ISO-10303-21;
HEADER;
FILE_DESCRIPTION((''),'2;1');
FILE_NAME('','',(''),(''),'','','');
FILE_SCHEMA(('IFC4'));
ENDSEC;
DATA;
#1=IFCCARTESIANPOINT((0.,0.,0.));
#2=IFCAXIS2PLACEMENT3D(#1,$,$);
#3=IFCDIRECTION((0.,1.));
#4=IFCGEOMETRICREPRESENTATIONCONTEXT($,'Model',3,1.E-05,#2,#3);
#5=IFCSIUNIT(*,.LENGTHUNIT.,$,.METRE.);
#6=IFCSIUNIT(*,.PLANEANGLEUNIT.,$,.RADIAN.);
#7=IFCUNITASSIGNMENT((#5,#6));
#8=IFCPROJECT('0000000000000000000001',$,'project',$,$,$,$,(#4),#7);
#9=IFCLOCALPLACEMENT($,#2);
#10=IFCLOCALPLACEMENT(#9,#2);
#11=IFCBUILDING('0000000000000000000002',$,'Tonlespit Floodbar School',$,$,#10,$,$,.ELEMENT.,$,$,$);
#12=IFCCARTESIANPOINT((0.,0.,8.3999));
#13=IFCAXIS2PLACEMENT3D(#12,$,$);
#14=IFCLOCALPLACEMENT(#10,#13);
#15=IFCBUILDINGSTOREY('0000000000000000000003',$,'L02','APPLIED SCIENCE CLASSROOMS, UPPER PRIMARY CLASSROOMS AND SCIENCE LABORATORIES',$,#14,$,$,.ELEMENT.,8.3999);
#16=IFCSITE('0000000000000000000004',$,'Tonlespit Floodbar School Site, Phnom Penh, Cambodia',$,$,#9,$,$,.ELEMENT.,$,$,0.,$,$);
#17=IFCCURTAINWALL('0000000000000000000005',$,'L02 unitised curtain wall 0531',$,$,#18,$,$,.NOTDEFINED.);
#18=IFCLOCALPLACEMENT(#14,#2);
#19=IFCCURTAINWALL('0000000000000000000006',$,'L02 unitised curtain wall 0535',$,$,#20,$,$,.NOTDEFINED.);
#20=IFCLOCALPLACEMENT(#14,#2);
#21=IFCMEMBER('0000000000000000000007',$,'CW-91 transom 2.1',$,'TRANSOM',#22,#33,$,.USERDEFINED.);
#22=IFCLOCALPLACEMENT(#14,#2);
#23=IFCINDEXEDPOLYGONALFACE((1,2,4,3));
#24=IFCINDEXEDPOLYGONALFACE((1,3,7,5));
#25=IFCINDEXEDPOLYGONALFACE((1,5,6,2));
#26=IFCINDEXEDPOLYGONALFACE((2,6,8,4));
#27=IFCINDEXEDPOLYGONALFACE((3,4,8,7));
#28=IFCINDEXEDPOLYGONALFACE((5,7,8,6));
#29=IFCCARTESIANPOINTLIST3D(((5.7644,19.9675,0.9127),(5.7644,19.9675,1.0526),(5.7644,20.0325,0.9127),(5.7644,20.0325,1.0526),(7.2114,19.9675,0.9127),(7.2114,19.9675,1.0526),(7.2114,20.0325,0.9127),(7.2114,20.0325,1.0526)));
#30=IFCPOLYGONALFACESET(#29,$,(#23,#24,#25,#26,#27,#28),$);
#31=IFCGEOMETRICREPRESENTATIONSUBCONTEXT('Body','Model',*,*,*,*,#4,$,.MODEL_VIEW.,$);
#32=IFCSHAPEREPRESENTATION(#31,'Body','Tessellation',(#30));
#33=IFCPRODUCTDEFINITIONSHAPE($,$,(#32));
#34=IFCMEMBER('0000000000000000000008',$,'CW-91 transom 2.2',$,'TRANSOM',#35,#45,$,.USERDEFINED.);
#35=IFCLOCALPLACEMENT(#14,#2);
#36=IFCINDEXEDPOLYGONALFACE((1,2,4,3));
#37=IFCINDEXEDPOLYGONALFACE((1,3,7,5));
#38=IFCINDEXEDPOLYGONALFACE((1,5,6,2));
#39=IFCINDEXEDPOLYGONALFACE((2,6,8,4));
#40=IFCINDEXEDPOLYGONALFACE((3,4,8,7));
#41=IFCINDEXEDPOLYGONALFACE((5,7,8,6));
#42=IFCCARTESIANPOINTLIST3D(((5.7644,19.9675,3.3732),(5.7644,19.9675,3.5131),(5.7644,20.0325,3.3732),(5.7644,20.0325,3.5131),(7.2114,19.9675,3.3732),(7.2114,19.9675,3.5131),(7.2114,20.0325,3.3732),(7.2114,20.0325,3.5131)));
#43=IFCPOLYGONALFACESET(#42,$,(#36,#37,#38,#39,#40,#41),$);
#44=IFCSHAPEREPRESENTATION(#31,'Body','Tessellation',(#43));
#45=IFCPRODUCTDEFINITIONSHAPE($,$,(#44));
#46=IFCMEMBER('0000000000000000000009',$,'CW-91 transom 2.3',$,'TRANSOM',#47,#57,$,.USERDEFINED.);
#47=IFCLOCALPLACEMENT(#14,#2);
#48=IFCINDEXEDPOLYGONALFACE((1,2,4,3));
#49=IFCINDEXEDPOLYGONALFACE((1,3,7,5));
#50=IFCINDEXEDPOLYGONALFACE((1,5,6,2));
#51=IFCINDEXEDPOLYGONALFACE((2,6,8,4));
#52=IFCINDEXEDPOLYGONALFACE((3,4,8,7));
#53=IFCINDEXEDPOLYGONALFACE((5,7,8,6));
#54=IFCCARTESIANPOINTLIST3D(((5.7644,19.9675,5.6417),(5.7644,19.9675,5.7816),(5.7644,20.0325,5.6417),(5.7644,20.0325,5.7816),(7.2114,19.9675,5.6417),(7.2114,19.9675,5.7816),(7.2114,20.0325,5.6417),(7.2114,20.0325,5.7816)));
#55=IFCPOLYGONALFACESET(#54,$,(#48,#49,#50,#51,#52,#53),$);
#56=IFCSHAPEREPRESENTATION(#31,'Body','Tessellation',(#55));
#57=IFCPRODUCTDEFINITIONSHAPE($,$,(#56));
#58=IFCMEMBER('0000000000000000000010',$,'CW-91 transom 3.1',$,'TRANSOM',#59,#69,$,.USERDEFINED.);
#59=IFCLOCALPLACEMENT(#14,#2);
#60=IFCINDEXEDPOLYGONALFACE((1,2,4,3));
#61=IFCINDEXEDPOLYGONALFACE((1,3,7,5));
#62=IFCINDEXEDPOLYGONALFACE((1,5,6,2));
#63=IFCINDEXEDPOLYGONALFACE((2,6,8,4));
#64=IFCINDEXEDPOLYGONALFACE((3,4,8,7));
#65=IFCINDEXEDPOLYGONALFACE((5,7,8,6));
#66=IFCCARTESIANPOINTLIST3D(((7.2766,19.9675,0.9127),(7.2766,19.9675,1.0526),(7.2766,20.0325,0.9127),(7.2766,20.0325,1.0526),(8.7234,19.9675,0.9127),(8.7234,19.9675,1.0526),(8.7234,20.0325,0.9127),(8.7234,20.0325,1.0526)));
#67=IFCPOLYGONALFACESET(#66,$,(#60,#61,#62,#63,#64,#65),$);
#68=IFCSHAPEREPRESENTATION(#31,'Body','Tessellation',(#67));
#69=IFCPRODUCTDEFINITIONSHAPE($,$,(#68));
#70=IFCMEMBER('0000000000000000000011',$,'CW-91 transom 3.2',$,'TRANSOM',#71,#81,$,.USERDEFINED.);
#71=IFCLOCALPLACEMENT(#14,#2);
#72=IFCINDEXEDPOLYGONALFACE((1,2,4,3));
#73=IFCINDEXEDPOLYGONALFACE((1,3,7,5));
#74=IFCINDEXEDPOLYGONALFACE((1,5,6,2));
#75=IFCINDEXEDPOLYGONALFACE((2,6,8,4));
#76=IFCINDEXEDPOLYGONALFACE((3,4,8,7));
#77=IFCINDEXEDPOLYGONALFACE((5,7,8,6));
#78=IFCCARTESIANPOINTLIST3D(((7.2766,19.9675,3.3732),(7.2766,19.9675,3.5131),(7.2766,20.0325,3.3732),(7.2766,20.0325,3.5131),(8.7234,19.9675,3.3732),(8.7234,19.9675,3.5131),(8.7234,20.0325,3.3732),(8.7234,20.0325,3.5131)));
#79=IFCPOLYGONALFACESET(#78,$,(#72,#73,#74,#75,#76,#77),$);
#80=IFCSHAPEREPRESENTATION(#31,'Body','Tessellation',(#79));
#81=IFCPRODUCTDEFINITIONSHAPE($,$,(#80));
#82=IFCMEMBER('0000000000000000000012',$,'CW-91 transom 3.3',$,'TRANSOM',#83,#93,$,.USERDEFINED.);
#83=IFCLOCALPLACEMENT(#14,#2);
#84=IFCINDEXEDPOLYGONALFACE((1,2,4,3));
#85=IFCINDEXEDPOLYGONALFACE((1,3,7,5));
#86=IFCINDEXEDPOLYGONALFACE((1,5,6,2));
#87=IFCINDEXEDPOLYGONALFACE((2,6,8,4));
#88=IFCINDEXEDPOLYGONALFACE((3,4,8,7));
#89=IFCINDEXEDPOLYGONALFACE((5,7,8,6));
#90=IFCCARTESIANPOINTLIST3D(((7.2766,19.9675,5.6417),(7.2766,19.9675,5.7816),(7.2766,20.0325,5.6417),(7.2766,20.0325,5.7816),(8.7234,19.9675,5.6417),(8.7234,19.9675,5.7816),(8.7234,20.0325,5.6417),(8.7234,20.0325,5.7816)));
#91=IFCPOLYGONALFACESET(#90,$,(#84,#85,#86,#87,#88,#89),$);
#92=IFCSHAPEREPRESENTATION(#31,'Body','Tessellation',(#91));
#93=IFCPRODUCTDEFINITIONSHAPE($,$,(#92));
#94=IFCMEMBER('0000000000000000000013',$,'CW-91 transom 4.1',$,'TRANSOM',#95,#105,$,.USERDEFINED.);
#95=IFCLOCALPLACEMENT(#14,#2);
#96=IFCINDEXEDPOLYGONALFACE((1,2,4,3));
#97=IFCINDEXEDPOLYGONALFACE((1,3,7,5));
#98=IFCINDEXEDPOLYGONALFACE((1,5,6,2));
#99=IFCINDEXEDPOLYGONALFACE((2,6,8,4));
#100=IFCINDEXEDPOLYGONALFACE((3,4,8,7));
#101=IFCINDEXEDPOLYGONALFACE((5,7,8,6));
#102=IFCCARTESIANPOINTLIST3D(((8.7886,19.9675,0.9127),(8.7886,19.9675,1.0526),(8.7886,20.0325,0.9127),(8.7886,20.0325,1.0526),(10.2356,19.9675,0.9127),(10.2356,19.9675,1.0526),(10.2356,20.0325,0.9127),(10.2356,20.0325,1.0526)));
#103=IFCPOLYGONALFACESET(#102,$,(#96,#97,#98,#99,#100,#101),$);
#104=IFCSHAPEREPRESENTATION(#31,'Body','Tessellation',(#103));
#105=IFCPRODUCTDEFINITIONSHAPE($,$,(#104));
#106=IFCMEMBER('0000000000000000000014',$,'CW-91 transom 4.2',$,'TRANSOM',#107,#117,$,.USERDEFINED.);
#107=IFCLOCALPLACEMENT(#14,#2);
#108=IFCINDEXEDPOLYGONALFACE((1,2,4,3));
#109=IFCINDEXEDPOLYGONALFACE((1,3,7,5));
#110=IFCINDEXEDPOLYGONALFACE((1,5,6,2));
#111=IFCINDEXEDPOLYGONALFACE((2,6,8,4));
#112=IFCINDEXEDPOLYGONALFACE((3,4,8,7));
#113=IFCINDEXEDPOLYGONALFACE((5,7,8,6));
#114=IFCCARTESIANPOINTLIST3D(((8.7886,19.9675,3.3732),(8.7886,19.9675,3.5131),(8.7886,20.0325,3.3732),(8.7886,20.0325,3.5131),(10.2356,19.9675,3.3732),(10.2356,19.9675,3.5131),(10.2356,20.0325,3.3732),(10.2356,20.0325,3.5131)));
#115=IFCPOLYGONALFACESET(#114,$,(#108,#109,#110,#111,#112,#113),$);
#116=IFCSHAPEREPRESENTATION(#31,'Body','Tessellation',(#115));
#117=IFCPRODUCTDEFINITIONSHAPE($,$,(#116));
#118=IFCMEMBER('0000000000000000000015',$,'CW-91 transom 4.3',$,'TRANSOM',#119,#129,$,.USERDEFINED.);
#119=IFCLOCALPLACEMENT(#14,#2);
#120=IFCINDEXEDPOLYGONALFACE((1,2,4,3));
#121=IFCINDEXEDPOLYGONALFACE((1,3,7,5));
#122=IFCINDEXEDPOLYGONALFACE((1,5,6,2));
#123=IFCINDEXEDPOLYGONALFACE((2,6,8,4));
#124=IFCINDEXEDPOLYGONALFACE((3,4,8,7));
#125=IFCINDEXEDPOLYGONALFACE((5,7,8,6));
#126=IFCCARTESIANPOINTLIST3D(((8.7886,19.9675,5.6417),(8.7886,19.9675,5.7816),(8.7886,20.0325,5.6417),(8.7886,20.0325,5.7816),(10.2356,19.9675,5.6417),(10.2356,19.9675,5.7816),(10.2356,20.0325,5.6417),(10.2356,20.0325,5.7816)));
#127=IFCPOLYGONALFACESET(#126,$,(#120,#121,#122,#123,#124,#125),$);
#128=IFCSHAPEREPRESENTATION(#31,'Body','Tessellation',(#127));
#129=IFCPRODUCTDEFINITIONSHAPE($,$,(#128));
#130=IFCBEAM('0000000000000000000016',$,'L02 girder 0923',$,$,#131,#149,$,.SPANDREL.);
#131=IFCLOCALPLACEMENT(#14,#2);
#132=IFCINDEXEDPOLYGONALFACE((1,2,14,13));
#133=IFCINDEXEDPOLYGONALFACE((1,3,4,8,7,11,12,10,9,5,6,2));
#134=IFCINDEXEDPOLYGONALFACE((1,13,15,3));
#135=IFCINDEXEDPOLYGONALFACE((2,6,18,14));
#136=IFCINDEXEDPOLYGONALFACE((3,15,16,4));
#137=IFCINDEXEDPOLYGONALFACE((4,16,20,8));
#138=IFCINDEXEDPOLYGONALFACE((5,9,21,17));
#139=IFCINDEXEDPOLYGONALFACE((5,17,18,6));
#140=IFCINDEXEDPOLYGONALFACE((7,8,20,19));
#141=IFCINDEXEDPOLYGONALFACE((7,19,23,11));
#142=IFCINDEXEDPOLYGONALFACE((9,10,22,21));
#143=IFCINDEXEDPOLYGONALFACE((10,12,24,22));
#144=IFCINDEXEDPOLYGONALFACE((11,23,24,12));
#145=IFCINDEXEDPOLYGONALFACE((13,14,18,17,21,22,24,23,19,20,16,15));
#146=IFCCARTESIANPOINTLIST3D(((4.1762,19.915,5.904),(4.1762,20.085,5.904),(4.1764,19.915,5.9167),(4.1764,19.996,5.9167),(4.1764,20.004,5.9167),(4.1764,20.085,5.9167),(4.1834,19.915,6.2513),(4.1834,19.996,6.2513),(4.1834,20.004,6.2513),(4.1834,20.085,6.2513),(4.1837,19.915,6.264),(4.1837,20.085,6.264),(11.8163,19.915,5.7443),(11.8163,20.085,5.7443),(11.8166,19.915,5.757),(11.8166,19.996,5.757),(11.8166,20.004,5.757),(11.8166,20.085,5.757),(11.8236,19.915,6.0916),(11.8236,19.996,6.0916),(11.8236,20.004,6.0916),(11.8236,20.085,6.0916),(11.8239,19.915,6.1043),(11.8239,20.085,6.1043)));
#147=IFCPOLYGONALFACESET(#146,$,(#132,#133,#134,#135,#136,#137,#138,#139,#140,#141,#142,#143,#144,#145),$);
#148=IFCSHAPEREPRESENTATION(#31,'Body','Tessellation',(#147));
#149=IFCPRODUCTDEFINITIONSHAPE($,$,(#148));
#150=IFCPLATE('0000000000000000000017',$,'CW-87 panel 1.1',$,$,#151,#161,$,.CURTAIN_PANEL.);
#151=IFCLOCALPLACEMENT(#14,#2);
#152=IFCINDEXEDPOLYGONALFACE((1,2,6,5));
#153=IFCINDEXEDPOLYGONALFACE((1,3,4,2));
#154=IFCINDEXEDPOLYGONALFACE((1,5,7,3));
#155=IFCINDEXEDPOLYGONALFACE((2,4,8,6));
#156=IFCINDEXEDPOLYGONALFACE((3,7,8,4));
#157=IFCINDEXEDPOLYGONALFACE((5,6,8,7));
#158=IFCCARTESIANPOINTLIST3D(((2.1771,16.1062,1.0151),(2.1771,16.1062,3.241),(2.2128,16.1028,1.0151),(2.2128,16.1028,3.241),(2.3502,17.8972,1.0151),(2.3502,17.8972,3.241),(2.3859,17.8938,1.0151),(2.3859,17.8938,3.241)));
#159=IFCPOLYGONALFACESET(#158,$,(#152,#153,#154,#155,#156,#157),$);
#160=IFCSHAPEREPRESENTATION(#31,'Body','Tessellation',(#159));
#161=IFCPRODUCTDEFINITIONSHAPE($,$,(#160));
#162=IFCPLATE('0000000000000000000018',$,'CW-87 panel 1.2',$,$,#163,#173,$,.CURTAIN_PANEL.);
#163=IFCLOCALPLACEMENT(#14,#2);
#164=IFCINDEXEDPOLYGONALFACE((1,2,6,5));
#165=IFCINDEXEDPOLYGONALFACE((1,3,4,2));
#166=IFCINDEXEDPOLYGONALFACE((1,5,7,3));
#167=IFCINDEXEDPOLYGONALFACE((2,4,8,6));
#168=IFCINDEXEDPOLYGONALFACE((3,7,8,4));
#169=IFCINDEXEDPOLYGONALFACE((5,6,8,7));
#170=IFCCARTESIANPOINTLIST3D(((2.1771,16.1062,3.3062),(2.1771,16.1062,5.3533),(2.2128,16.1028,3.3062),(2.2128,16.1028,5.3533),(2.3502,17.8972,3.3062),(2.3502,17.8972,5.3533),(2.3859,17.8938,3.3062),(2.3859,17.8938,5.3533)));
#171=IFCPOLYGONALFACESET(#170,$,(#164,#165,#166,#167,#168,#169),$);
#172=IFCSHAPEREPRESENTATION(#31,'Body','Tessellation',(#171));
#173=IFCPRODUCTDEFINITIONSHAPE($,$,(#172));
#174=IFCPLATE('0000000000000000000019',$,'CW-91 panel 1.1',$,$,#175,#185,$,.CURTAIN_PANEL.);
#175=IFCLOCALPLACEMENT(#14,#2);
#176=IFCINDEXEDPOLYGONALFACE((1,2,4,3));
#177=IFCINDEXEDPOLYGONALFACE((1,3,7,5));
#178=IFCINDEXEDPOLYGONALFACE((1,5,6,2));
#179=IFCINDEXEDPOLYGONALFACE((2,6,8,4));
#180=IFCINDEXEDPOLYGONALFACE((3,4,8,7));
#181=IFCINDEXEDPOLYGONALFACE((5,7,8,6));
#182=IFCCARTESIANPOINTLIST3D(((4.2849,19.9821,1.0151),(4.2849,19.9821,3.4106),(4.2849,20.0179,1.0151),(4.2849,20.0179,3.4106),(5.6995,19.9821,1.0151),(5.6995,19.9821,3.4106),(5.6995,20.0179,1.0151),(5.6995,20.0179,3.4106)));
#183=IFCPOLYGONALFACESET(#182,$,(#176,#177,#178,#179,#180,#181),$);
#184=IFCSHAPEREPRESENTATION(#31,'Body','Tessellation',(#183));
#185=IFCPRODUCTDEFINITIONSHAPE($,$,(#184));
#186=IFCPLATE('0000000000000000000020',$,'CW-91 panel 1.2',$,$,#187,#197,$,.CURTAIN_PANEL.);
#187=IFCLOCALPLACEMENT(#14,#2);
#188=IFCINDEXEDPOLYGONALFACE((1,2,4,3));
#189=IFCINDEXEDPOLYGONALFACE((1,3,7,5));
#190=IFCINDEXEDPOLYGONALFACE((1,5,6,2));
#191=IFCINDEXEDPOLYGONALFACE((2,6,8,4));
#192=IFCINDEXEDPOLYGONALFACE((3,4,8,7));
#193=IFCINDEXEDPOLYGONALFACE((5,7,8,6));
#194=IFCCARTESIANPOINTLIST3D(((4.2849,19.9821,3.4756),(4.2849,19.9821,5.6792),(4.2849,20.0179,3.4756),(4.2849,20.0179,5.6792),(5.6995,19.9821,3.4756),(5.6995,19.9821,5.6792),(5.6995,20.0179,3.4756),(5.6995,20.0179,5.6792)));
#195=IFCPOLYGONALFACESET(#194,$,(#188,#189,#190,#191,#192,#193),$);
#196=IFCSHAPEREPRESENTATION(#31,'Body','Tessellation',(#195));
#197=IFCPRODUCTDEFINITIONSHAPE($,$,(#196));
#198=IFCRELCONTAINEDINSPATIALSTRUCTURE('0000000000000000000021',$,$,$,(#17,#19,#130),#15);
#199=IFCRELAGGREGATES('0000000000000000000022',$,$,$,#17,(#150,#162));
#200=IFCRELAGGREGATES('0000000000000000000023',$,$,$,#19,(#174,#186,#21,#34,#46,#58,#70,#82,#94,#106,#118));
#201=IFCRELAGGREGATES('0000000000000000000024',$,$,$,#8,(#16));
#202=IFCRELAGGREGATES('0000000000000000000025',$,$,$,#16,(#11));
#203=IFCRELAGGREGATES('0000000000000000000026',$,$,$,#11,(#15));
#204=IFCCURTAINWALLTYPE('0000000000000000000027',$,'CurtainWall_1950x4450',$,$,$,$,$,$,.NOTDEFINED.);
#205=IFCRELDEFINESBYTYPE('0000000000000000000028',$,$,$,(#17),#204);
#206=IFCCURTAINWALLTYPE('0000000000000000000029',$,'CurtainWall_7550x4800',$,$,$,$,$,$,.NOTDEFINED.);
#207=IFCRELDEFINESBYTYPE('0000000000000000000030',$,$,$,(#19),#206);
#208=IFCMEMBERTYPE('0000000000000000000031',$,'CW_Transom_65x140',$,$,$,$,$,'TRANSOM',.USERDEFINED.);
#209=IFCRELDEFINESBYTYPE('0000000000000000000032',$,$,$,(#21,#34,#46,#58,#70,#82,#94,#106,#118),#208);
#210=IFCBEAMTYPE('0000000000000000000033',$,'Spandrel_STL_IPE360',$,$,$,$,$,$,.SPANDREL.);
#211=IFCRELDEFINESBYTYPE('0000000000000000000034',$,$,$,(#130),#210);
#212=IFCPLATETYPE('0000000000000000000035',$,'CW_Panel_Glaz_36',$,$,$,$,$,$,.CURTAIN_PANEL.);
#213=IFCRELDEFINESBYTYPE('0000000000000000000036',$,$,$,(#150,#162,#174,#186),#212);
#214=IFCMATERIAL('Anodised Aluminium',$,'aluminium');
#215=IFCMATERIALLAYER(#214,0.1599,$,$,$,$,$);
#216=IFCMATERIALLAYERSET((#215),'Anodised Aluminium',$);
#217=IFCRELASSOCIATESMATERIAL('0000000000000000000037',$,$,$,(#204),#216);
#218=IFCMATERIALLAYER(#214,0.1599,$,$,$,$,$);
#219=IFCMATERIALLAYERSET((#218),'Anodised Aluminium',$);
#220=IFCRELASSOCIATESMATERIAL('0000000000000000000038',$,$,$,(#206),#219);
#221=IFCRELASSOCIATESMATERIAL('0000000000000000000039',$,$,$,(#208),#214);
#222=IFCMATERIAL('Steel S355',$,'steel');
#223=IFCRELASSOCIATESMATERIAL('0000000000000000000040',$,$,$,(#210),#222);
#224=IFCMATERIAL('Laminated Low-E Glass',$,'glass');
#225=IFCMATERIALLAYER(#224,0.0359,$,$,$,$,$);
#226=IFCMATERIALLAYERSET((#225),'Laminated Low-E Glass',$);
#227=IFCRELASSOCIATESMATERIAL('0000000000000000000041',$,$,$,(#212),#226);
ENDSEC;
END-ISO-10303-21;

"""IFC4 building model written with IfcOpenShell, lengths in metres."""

from ifc_helpers import new_model, si_unit, direction, frame, origin, origin_2d, place, context, subcontext, project, spatial, rectangle, i_section, extrude, material, layer, layer_set, material_profile, profile_set, type_object, element, aggregate, save


model = new_model("IFC4")

# Units and contexts
model_context = context("Model", 3, precision=1e-05, world=origin(), true_north=direction((0.0, 1.0)))
body_context = subcontext(model_context, "Body", "Model", "MODEL_VIEW")
ifc_project = project(units=[si_unit("LENGTHUNIT", "METRE"), si_unit("PLANEANGLEUNIT", "RADIAN")], contexts=[model_context])

# Site, building, storey
site_placement = place(None, origin())
site = spatial("IfcSite", under=ifc_project, at=site_placement, Name="Tonlespit Floodbar School Site, Phnom Penh, Cambodia", CompositionType="ELEMENT", RefElevation=0.0)
building_placement = place(site_placement, origin())
building = spatial("IfcBuilding", under=site, at=building_placement, Name="Tonlespit Floodbar School", CompositionType="ELEMENT")
storey_placement = place(building_placement, frame((0.0, 0.0, 8.3999)))
storey = spatial("IfcBuildingStorey", under=building, at=storey_placement, Name="L02", Description="APPLIED SCIENCE CLASSROOMS, UPPER PRIMARY CLASSROOMS AND SCIENCE LABORATORIES", CompositionType="ELEMENT", Elevation=8.3999)

# Curtain walls
ifc_material_1 = material(Name="Anodised Aluminium", Category="aluminium")
ifc_layer_1 = layer(ifc_material_1, 0.1599)
ifc_layer_set_1 = layer_set([ifc_layer_1], Name="Anodised Aluminium")
curtain_wall_type_1 = type_object("IfcCurtainWallType", Name="CurtainWall_1950x4450", PredefinedType="NOTDEFINED", material=ifc_layer_set_1)
curtain_wall_1_placement = place(storey_placement, origin())
curtain_wall_1 = element("IfcCurtainWall", 1, at=curtain_wall_1_placement, inside=storey, type_object=curtain_wall_type_1, Name="L02 unitised curtain wall 0531", PredefinedType="NOTDEFINED")
ifc_layer_2 = layer(ifc_material_1, 0.1599)
ifc_layer_set_2 = layer_set([ifc_layer_2], Name="Anodised Aluminium")
curtain_wall_type_2 = type_object("IfcCurtainWallType", Name="CurtainWall_7550x4800", PredefinedType="NOTDEFINED", material=ifc_layer_set_2)
curtain_wall_2_placement = place(storey_placement, origin())
curtain_wall_2 = element("IfcCurtainWall", 2, at=curtain_wall_2_placement, inside=storey, type_object=curtain_wall_type_2, Name="L02 unitised curtain wall 0535", PredefinedType="NOTDEFINED")

# Members
ifc_material_profile_1 = material_profile(ifc_material_1, rectangle(XDim=0.0649, YDim=0.1399, at=origin_2d()), Name="ALU T65x140")
ifc_profile_set_1 = profile_set([ifc_material_profile_1], Name="Anodised Aluminium")
member_type_1 = type_object("IfcMemberType", Name="CW_Transom_65x140", ElementType="TRANSOM", PredefinedType="USERDEFINED", material=ifc_profile_set_1)
member_1_placement = place(storey_placement, frame((5.7644, 20.0, 0.9827), z_axis=(1.0, 0.0, 0.0), x_axis=(0.0, 1.0, 0.0)))
member_1 = element("IfcMember", 3, at=member_1_placement, type_object=member_type_1, Name="CW-91 transom 2.1", ObjectType="TRANSOM", PredefinedType="USERDEFINED", context=body_context, shape_type="SweptSolid", body=[
    extrude(rectangle(XDim=0.0649, YDim=0.1399, at=origin_2d()), origin(), (0.0, 0.0, 1.0), 1.447),
])
member_2_placement = place(storey_placement, frame((5.7644, 20.0, 3.4431), z_axis=(1.0, 0.0, 0.0), x_axis=(0.0, 1.0, 0.0)))
member_2 = element("IfcMember", 4, at=member_2_placement, type_object=member_type_1, Name="CW-91 transom 2.2", ObjectType="TRANSOM", PredefinedType="USERDEFINED", context=body_context, shape_type="SweptSolid", body=[
    extrude(rectangle(XDim=0.0649, YDim=0.1399, at=origin_2d()), origin(), (0.0, 0.0, 1.0), 1.447),
])
member_3_placement = place(storey_placement, frame((5.7644, 20.0, 5.7117), z_axis=(1.0, 0.0, 0.0), x_axis=(0.0, 1.0, 0.0)))
member_3 = element("IfcMember", 5, at=member_3_placement, type_object=member_type_1, Name="CW-91 transom 2.3", ObjectType="TRANSOM", PredefinedType="USERDEFINED", context=body_context, shape_type="SweptSolid", body=[
    extrude(rectangle(XDim=0.0649, YDim=0.1399, at=origin_2d()), origin(), (0.0, 0.0, 1.0), 1.447),
])
member_4_placement = place(storey_placement, frame((7.2766, 20.0, 0.9827), z_axis=(1.0, 0.0, 0.0), x_axis=(0.0, 1.0, 0.0)))
member_4 = element("IfcMember", 6, at=member_4_placement, type_object=member_type_1, Name="CW-91 transom 3.1", ObjectType="TRANSOM", PredefinedType="USERDEFINED", context=body_context, shape_type="SweptSolid", body=[
    extrude(rectangle(XDim=0.0649, YDim=0.1399, at=origin_2d()), origin(), (0.0, 0.0, 1.0), 1.4468),
])
member_5_placement = place(storey_placement, frame((7.2766, 20.0, 3.4431), z_axis=(1.0, 0.0, 0.0), x_axis=(0.0, 1.0, 0.0)))
member_5 = element("IfcMember", 7, at=member_5_placement, type_object=member_type_1, Name="CW-91 transom 3.2", ObjectType="TRANSOM", PredefinedType="USERDEFINED", context=body_context, shape_type="SweptSolid", body=[
    extrude(rectangle(XDim=0.0649, YDim=0.1399, at=origin_2d()), origin(), (0.0, 0.0, 1.0), 1.4468),
])
member_6_placement = place(storey_placement, frame((7.2766, 20.0, 5.7117), z_axis=(1.0, 0.0, 0.0), x_axis=(0.0, 1.0, 0.0)))
member_6 = element("IfcMember", 8, at=member_6_placement, type_object=member_type_1, Name="CW-91 transom 3.3", ObjectType="TRANSOM", PredefinedType="USERDEFINED", context=body_context, shape_type="SweptSolid", body=[
    extrude(rectangle(XDim=0.0649, YDim=0.1399, at=origin_2d()), origin(), (0.0, 0.0, 1.0), 1.4468),
])
member_7_placement = place(storey_placement, frame((8.7886, 20.0, 0.9827), z_axis=(1.0, 0.0, 0.0), x_axis=(0.0, 1.0, 0.0)))
member_7 = element("IfcMember", 9, at=member_7_placement, type_object=member_type_1, Name="CW-91 transom 4.1", ObjectType="TRANSOM", PredefinedType="USERDEFINED", context=body_context, shape_type="SweptSolid", body=[
    extrude(rectangle(XDim=0.0649, YDim=0.1399, at=origin_2d()), origin(), (0.0, 0.0, 1.0), 1.447),
])
member_8_placement = place(storey_placement, frame((8.7886, 20.0, 3.4431), z_axis=(1.0, 0.0, 0.0), x_axis=(0.0, 1.0, 0.0)))
member_8 = element("IfcMember", 10, at=member_8_placement, type_object=member_type_1, Name="CW-91 transom 4.2", ObjectType="TRANSOM", PredefinedType="USERDEFINED", context=body_context, shape_type="SweptSolid", body=[
    extrude(rectangle(XDim=0.0649, YDim=0.1399, at=origin_2d()), origin(), (0.0, 0.0, 1.0), 1.447),
])
member_9_placement = place(storey_placement, frame((8.7886, 20.0, 5.7117), z_axis=(1.0, 0.0, 0.0), x_axis=(0.0, 1.0, 0.0)))
member_9 = element("IfcMember", 11, at=member_9_placement, type_object=member_type_1, Name="CW-91 transom 4.3", ObjectType="TRANSOM", PredefinedType="USERDEFINED", context=body_context, shape_type="SweptSolid", body=[
    extrude(rectangle(XDim=0.0649, YDim=0.1399, at=origin_2d()), origin(), (0.0, 0.0, 1.0), 1.447),
])

# Beam
ifc_material_2 = material(Name="Steel S355", Category="steel")
ifc_material_profile_2 = material_profile(ifc_material_2, i_section(OverallWidth=0.1699, OverallDepth=0.3601, WebThickness=0.0081, FlangeThickness=0.0127, at=origin_2d()), Name="IPE 360")
ifc_profile_set_2 = profile_set([ifc_material_profile_2], Name="Steel S355")
beam_type_1 = type_object("IfcBeamType", Name="Spandrel_STL_IPE360", PredefinedType="SPANDREL", material=ifc_profile_set_2)
beam_1_placement = place(storey_placement, frame((4.1799, 20.0, 6.084), z_axis=(0.999782, 0.0, -0.020894), x_axis=(0.0, 1.0, 0.0)))
element("IfcBeam", 12, at=beam_1_placement, inside=storey, type_object=beam_type_1, Name="L02 girder 0923", PredefinedType="SPANDREL", context=body_context, shape_type="SweptSolid", body=[
    extrude(i_section(OverallWidth=0.1699, OverallDepth=0.3601, WebThickness=0.0081, FlangeThickness=0.0127, at=origin_2d()), origin(), (0.0, 0.0, 1.0), 7.6418),
])

# Plates
ifc_material_3 = material(Name="Laminated Low-E Glass", Category="glass")
ifc_layer_3 = layer(ifc_material_3, 0.0359)
ifc_layer_set_3 = layer_set([ifc_layer_3], Name="Laminated Low-E Glass")
plate_type_1 = type_object("IfcPlateType", Name="CW_Panel_Glaz_36", PredefinedType="CURTAIN_PANEL", material=ifc_layer_set_3)
plate_1_placement = place(storey_placement, frame((2.2815, 17.0, 1.0151), z_axis=(0.0, 0.0, 1.0), x_axis=(0.096198, 0.995362, 0.0)))
plate_1 = element("IfcPlate", 13, at=plate_1_placement, type_object=plate_type_1, Name="CW-87 panel 1.1", PredefinedType="CURTAIN_PANEL", context=body_context, shape_type="SweptSolid", body=[
    extrude(rectangle(XDim=1.7993, YDim=0.0359, at=origin_2d()), origin(), (0.0, 0.0, 1.0), 2.2258),
])
plate_2_placement = place(storey_placement, frame((2.2815, 17.0, 3.3062), z_axis=(0.0, 0.0, 1.0), x_axis=(0.096198, 0.995362, 0.0)))
plate_2 = element("IfcPlate", 14, at=plate_2_placement, type_object=plate_type_1, Name="CW-87 panel 1.2", PredefinedType="CURTAIN_PANEL", context=body_context, shape_type="SweptSolid", body=[
    extrude(rectangle(XDim=1.7993, YDim=0.0359, at=origin_2d()), origin(), (0.0, 0.0, 1.0), 2.0471),
])
aggregate(curtain_wall_1, [plate_1, plate_2])
plate_3_placement = place(storey_placement, frame((4.9922, 20.0, 1.0151), z_axis=(0.0, 0.0, 1.0), x_axis=(1.0, 0.0, 0.0)))
plate_3 = element("IfcPlate", 15, at=plate_3_placement, type_object=plate_type_1, Name="CW-91 panel 1.1", PredefinedType="CURTAIN_PANEL", context=body_context, shape_type="SweptSolid", body=[
    extrude(rectangle(XDim=1.4146, YDim=0.0359, at=origin_2d()), origin(), (0.0, 0.0, 1.0), 2.3955),
])
plate_4_placement = place(storey_placement, frame((4.9922, 20.0, 3.4756), z_axis=(0.0, 0.0, 1.0), x_axis=(1.0, 0.0, 0.0)))
plate_4 = element("IfcPlate", 16, at=plate_4_placement, type_object=plate_type_1, Name="CW-91 panel 1.2", PredefinedType="CURTAIN_PANEL", context=body_context, shape_type="SweptSolid", body=[
    extrude(rectangle(XDim=1.4146, YDim=0.0359, at=origin_2d()), origin(), (0.0, 0.0, 1.0), 2.2036),
])
aggregate(curtain_wall_2, [plate_3, plate_4, member_1, member_2, member_3, member_4, member_5, member_6, member_7, member_8, member_9])

save(model, "model.ifc")
